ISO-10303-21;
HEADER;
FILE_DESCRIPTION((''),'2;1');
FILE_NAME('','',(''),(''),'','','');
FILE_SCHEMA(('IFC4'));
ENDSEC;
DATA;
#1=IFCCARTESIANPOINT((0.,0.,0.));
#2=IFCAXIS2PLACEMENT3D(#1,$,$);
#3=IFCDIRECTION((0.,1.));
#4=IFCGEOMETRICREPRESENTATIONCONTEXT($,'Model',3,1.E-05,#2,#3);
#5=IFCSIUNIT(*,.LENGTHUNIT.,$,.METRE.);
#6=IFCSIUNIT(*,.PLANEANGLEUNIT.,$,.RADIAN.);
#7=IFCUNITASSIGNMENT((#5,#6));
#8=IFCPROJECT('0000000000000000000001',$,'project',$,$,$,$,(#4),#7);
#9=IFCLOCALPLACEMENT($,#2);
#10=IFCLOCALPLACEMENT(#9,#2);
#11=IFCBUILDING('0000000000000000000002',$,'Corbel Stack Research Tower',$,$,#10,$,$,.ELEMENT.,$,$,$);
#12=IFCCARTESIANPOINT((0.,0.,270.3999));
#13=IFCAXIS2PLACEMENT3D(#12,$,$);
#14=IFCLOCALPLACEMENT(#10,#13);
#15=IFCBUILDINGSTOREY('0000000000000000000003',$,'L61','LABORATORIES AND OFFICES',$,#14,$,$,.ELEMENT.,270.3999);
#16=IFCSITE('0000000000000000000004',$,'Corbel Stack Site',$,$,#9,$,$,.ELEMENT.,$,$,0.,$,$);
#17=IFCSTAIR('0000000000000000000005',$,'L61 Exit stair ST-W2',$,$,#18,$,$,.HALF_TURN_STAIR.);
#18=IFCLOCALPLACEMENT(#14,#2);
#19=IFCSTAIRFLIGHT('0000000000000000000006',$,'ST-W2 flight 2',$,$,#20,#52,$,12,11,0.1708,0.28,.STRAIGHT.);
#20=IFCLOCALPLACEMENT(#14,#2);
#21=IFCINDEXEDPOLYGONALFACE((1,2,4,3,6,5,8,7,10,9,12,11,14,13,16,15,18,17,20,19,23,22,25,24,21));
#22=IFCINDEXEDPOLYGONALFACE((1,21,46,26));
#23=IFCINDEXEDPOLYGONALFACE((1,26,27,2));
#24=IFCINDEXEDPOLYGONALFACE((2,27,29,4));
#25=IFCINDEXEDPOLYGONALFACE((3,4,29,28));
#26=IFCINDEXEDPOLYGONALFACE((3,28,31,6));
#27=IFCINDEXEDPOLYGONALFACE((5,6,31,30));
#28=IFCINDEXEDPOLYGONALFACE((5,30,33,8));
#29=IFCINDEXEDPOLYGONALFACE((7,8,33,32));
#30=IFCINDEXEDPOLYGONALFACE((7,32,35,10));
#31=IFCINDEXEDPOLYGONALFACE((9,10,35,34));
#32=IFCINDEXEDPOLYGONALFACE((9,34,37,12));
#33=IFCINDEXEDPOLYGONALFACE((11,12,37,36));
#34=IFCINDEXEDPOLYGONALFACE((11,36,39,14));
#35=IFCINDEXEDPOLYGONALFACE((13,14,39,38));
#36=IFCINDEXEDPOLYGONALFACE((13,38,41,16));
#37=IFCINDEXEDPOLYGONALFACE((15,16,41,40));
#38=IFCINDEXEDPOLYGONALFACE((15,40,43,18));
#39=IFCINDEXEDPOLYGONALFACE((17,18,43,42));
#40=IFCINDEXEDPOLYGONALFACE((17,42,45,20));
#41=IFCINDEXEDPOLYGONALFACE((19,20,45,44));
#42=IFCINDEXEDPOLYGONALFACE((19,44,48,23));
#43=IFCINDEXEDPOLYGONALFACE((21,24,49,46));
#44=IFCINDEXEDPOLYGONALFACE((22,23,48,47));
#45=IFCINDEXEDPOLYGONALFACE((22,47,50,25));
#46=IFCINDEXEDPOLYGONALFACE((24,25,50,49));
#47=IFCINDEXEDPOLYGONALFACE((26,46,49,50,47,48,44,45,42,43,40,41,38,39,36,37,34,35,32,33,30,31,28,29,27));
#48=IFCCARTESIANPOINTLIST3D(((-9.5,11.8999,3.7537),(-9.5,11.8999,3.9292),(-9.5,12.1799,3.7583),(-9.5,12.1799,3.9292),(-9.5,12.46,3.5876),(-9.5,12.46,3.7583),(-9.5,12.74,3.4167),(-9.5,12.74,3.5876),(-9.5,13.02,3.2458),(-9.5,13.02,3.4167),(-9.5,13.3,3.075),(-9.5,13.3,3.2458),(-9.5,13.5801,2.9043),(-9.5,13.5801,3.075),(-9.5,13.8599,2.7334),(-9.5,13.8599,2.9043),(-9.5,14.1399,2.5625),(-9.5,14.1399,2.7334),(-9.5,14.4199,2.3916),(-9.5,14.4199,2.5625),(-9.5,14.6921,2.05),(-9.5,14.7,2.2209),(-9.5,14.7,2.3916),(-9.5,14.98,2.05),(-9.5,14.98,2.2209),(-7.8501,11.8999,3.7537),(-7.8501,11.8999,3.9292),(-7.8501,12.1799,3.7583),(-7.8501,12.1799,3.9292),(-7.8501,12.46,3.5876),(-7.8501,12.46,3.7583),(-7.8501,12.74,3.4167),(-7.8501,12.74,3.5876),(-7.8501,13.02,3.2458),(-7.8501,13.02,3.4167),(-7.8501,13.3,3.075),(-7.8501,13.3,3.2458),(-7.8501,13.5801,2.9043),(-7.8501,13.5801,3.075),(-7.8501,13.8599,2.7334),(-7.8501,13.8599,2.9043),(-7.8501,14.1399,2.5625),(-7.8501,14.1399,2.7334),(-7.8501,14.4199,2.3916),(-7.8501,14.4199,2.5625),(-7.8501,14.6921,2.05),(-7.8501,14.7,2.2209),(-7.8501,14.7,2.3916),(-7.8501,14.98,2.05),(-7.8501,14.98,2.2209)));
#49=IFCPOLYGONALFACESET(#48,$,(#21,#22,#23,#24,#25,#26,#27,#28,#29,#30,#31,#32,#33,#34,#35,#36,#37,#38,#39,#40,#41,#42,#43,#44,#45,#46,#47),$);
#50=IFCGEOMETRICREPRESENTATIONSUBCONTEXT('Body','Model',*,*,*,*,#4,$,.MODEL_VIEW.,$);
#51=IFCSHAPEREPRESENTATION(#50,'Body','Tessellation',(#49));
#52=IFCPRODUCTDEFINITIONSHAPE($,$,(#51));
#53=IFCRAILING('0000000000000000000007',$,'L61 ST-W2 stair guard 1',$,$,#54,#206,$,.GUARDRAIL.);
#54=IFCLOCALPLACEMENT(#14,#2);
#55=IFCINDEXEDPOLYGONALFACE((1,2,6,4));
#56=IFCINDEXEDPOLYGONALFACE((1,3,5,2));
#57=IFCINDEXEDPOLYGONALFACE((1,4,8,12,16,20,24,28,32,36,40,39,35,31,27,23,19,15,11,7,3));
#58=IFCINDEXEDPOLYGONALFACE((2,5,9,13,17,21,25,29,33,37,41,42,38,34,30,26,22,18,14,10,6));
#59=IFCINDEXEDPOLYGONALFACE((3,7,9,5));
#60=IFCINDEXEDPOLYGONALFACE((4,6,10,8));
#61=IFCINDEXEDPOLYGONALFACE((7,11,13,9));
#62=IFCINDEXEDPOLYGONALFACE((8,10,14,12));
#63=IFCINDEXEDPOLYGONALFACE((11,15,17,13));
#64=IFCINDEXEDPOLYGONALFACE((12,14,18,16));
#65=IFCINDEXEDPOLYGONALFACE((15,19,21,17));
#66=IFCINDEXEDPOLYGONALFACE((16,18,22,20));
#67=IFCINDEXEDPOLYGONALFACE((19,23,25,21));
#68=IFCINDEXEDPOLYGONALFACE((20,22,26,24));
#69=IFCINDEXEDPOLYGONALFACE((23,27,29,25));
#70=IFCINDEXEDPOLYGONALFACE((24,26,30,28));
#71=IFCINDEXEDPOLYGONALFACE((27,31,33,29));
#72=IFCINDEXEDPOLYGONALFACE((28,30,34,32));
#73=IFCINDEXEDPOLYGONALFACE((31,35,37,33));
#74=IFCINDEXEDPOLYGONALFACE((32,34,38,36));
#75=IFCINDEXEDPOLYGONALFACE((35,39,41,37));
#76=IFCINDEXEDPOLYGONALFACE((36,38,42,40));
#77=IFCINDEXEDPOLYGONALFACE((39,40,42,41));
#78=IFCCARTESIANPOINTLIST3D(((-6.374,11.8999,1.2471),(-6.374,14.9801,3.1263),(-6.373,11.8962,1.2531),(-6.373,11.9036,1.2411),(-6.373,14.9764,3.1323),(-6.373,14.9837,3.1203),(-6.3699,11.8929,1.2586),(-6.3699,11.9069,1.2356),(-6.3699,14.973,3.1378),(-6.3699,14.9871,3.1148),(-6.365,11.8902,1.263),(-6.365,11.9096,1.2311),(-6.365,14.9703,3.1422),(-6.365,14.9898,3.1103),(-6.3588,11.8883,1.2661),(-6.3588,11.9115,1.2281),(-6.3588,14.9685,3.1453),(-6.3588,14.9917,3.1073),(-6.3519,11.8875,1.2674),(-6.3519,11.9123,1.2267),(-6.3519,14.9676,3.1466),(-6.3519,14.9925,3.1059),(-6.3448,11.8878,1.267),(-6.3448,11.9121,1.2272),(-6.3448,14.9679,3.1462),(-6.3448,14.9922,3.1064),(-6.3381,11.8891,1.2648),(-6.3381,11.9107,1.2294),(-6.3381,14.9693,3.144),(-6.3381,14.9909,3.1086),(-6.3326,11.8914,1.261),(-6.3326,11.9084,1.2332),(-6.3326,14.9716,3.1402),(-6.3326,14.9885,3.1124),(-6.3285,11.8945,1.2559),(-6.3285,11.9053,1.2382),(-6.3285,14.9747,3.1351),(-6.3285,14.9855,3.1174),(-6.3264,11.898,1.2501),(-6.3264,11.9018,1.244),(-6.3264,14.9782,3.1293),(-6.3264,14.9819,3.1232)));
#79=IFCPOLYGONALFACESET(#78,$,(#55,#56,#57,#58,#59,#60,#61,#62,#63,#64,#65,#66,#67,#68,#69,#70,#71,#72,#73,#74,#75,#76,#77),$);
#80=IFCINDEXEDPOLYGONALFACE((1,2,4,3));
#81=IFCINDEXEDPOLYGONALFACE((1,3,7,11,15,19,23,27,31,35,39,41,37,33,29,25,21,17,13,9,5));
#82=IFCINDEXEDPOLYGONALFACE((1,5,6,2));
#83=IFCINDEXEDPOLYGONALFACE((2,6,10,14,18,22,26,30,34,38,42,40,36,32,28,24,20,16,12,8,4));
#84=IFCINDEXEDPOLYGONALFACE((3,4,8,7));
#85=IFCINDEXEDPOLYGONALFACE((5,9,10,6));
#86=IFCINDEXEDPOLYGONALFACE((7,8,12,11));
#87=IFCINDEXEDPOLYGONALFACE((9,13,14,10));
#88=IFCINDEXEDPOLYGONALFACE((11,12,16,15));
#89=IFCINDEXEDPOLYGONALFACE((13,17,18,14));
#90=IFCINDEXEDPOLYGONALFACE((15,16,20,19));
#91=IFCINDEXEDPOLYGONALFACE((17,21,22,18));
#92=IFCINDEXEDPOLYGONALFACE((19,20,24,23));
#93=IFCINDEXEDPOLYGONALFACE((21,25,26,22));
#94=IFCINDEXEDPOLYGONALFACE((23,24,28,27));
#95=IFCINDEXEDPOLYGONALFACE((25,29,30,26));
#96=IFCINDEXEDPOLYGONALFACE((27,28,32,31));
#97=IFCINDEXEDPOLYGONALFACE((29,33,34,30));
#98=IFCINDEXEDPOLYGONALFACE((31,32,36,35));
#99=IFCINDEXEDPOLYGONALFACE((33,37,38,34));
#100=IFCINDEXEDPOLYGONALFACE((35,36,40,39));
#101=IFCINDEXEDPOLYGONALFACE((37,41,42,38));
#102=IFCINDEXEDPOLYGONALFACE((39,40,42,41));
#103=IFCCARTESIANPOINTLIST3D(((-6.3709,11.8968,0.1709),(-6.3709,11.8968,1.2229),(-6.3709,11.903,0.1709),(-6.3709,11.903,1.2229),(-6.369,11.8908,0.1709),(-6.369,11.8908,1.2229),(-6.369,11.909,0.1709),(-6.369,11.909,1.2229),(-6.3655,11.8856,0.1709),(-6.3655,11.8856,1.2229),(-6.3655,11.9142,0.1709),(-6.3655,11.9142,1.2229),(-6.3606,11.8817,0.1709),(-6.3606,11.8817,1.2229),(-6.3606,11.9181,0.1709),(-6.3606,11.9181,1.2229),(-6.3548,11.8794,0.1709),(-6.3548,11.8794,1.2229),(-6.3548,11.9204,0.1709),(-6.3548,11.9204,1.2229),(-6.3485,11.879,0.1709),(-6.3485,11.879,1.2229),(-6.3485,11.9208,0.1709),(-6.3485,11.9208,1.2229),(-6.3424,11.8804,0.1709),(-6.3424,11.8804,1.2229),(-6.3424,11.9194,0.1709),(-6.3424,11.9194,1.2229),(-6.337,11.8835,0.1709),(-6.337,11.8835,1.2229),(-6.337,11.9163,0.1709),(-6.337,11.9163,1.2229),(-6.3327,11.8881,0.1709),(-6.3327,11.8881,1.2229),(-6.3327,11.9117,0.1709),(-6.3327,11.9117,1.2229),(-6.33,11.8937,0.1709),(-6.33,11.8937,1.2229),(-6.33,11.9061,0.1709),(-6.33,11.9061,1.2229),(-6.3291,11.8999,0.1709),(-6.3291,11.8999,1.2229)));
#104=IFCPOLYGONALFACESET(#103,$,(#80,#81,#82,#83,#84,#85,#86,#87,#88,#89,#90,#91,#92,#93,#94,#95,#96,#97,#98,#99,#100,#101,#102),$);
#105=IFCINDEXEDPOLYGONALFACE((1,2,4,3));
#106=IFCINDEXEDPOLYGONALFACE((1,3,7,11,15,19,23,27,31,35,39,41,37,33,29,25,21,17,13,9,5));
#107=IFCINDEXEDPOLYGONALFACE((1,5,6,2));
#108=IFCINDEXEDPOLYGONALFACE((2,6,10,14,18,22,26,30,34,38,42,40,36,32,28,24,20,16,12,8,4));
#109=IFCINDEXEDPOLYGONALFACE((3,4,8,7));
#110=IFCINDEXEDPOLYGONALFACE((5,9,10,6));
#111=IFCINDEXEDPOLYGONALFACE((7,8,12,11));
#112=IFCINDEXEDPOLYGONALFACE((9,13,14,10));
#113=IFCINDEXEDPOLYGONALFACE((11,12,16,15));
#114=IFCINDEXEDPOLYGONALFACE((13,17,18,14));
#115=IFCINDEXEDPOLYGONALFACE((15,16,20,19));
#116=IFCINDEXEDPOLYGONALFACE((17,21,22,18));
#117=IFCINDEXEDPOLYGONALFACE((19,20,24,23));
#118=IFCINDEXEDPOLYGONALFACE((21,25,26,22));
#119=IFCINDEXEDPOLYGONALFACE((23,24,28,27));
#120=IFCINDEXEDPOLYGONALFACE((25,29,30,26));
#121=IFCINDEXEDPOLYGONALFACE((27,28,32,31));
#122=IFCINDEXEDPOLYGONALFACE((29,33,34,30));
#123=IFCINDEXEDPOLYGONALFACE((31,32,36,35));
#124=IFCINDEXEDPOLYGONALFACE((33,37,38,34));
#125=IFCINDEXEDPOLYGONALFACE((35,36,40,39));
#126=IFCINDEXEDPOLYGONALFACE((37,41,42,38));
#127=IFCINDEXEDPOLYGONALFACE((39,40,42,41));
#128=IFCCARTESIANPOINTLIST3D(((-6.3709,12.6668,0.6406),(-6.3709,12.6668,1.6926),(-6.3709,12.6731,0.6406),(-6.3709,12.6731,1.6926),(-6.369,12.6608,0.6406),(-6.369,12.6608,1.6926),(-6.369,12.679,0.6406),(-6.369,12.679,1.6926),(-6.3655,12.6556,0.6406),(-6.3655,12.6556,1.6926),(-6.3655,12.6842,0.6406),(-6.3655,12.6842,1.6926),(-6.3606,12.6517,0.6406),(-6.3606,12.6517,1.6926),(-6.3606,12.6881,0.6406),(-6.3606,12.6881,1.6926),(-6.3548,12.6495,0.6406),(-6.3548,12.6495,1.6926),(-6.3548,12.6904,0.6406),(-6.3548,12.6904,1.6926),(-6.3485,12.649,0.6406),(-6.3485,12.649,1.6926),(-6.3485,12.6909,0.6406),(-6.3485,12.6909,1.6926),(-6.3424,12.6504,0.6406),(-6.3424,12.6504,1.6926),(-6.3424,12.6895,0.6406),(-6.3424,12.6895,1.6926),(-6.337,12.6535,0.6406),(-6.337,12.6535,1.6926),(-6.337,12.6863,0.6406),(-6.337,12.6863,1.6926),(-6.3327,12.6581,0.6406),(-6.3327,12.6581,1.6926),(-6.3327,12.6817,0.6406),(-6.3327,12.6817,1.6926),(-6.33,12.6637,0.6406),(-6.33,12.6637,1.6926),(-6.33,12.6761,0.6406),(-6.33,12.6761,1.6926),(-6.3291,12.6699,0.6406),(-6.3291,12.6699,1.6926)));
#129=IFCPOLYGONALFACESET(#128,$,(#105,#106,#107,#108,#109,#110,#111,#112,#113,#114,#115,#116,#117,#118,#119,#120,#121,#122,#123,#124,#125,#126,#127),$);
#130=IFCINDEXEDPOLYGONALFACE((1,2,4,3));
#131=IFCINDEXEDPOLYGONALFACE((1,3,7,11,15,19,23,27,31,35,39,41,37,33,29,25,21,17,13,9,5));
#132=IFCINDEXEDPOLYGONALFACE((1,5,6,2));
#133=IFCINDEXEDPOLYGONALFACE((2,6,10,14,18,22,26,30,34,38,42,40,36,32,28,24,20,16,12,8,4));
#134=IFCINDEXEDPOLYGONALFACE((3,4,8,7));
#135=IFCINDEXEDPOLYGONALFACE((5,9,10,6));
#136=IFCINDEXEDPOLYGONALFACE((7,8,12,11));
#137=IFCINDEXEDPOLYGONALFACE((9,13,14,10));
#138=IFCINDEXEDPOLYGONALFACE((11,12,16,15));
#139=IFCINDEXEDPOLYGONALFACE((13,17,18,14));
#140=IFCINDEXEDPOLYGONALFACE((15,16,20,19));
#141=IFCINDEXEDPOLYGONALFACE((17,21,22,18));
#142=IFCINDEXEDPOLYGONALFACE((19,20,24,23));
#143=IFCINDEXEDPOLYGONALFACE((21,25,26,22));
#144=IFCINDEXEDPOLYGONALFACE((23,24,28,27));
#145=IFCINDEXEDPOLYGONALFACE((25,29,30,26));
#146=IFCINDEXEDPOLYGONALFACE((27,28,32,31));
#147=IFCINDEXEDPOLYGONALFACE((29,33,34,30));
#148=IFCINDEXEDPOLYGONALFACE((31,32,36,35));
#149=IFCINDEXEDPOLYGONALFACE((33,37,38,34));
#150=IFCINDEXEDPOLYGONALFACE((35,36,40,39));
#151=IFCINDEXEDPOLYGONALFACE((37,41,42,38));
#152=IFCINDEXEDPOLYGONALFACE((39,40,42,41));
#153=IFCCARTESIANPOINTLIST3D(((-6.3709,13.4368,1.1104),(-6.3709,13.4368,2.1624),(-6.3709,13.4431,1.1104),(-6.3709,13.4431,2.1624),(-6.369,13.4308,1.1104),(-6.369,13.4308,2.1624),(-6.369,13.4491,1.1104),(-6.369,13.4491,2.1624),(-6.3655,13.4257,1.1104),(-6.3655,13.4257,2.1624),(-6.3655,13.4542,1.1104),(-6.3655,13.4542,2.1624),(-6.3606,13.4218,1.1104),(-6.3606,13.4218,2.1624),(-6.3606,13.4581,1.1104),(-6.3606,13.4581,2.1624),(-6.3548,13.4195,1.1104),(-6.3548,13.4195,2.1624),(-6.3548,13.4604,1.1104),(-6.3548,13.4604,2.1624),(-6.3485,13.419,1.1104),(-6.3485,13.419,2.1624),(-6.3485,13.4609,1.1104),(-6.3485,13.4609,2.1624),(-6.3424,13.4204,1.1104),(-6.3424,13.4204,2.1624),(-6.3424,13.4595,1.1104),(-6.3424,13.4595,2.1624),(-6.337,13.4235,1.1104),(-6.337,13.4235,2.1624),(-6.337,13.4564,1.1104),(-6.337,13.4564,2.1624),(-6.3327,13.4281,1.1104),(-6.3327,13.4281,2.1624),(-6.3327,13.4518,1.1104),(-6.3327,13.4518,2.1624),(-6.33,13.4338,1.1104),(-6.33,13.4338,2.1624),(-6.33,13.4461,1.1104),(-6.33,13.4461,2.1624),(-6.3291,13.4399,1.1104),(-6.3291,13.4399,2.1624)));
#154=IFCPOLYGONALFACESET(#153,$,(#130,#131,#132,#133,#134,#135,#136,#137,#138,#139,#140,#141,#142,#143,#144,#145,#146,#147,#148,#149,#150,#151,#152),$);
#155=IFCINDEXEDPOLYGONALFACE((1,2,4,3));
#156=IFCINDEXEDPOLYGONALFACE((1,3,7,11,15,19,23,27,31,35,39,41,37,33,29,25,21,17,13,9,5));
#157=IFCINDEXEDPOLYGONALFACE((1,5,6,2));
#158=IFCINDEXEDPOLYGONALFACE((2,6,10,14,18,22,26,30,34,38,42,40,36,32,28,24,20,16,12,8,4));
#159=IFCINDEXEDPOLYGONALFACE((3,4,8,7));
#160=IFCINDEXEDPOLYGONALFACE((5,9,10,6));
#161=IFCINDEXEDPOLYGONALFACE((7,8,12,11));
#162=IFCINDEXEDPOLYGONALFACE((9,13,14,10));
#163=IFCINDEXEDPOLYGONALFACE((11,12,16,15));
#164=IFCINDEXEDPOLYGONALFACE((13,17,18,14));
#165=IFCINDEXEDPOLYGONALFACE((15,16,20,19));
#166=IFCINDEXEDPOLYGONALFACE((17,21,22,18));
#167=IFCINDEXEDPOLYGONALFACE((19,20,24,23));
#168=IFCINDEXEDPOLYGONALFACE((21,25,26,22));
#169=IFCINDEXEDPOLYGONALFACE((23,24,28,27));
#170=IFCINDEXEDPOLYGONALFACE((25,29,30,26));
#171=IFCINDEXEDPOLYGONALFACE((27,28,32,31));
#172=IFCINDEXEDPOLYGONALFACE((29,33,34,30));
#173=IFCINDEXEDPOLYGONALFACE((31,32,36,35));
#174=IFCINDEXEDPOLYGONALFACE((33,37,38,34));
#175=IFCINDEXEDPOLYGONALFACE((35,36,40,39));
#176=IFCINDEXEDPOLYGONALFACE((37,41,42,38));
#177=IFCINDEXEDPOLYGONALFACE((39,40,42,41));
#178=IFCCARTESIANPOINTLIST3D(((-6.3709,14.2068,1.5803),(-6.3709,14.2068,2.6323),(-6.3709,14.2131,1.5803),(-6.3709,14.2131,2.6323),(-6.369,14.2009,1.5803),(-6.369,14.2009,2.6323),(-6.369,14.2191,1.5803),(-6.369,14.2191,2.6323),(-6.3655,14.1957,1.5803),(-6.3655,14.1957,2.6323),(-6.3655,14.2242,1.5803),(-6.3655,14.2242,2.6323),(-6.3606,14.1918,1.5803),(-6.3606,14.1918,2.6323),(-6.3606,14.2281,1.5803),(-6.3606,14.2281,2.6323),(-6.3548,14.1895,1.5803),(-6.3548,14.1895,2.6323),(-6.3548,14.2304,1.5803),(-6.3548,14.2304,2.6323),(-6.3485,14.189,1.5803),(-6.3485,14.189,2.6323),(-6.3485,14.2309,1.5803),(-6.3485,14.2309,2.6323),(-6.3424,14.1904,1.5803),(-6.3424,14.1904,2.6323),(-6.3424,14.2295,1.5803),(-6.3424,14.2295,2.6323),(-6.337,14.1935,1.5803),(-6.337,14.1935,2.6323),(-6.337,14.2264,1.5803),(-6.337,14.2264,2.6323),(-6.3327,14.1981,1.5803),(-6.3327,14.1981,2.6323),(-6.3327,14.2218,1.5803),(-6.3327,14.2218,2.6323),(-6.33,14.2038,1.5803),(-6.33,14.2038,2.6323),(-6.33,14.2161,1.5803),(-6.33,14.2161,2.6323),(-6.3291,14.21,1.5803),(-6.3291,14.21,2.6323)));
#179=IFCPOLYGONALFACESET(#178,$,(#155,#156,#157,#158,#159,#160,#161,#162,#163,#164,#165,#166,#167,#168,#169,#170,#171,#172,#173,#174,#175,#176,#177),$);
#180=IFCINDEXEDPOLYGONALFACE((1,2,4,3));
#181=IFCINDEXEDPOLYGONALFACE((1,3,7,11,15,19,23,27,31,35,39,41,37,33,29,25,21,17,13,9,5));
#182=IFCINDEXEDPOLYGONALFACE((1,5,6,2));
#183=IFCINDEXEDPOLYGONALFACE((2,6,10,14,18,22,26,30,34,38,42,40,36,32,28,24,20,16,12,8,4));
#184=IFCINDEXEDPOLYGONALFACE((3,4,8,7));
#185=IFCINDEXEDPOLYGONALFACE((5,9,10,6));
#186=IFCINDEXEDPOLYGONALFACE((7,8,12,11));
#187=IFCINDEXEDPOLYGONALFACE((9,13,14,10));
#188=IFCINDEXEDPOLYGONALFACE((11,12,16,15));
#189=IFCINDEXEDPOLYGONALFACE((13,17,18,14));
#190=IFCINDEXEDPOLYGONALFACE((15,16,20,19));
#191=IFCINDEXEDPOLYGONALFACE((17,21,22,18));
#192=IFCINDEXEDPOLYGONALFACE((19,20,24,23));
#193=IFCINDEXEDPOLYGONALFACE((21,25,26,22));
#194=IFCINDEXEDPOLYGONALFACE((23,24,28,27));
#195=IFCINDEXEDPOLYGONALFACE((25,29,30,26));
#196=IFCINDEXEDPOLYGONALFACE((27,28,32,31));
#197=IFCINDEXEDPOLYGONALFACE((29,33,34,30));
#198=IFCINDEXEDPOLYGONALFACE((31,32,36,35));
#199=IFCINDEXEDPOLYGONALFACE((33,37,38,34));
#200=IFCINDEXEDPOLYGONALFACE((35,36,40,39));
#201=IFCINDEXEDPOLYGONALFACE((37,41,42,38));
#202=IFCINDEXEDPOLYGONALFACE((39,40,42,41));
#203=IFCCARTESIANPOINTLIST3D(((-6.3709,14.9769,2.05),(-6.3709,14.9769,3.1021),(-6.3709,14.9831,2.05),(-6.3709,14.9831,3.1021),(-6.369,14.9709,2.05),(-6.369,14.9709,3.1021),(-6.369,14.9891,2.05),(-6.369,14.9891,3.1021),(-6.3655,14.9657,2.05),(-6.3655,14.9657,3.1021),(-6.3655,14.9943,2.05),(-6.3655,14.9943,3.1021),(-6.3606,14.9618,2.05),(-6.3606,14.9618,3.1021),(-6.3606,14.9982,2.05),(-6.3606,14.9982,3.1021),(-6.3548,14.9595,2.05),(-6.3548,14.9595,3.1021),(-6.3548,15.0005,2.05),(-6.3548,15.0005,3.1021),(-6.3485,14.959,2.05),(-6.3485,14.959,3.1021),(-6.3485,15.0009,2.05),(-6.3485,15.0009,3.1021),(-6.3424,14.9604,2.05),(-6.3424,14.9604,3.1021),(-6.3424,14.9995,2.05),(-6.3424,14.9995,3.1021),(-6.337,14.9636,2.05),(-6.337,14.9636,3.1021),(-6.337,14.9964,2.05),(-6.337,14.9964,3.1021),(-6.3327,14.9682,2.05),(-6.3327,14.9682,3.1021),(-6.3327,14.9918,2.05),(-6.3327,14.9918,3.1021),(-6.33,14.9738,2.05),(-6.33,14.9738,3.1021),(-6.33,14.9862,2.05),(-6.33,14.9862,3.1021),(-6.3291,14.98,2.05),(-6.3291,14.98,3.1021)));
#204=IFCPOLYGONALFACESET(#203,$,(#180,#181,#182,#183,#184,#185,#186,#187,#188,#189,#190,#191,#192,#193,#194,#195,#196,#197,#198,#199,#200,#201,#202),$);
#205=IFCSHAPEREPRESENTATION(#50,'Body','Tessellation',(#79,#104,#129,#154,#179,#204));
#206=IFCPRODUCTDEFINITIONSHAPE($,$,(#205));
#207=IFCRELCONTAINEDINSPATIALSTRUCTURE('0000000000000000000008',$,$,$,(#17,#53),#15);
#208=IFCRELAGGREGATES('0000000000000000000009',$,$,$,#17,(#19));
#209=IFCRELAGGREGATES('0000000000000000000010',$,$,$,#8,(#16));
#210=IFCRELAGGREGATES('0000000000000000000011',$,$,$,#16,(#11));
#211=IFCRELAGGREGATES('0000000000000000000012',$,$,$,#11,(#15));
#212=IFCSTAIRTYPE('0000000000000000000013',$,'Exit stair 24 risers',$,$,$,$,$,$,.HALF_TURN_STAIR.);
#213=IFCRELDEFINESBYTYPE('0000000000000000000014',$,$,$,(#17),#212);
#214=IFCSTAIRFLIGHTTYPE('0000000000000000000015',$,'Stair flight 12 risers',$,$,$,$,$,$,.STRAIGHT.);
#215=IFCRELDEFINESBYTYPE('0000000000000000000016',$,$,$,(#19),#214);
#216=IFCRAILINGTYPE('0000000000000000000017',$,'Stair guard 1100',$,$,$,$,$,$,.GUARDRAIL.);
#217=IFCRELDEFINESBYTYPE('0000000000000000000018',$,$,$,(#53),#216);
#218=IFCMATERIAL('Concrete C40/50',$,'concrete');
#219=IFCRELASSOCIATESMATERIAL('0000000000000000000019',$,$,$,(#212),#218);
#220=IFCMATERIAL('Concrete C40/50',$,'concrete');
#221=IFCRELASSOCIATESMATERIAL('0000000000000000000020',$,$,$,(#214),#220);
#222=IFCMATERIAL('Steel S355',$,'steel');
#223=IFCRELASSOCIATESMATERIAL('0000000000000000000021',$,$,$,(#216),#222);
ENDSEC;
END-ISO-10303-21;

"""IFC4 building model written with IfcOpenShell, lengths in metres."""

from ifc_helpers import new_model, si_unit, direction, frame, origin, origin_2d, place, context, subcontext, project, spatial, polyline, circle, outline, extrude, material, type_object, element, aggregate, save


model = new_model("IFC4")

# Units and contexts
model_context = context("Model", 3, precision=1e-05, world=origin(), true_north=direction((0.0, 1.0)))
body_context = subcontext(model_context, "Body", "Model", "MODEL_VIEW")
ifc_project = project(units=[si_unit("LENGTHUNIT", "METRE"), si_unit("PLANEANGLEUNIT", "RADIAN")], contexts=[model_context])

# Site, building, storey
site_placement = place(None, origin())
site = spatial("IfcSite", under=ifc_project, at=site_placement, Name="Corbel Stack Site", CompositionType="ELEMENT", RefElevation=0.0)
building_placement = place(site_placement, origin())
building = spatial("IfcBuilding", under=site, at=building_placement, Name="Corbel Stack Research Tower", CompositionType="ELEMENT")
storey_placement = place(building_placement, frame((0.0, 0.0, 270.3999)))
storey = spatial("IfcBuildingStorey", under=building, at=storey_placement, Name="L61", Description="LABORATORIES AND OFFICES", CompositionType="ELEMENT", Elevation=270.3999)

# Stair, stair flight
ifc_material_1 = material(Name="Concrete C40/50", Category="concrete")
stair_type = type_object("IfcStairType", Name="Exit stair 24 risers", PredefinedType="HALF_TURN_STAIR", material=ifc_material_1)
stair_placement = place(storey_placement, origin())
stair = element("IfcStair", 1, at=stair_placement, inside=storey, type_object=stair_type, Name="L61 Exit stair ST-W2", PredefinedType="HALF_TURN_STAIR")
ifc_material_2 = material(Name="Concrete C40/50", Category="concrete")
stair_flight_type = type_object("IfcStairFlightType", Name="Stair flight 12 risers", PredefinedType="STRAIGHT", material=ifc_material_2)
stair_flight_1_placement = place(storey_placement, frame((-8.675, 14.98, 2.05), z_axis=(0.0, 0.0, 1.0), x_axis=(0.0, -1.0, 0.0)))
stair_flight_1 = element("IfcStairFlight", 2, at=stair_flight_1_placement, type_object=stair_flight_type, Name="ST-W2 flight 2", NumberOfRisers=12, NumberOfTreads=11, PredefinedType="STRAIGHT", RiserHeight=0.1708, TreadLength=0.28, context=body_context, shape_type="SweptSolid", body=[
    extrude(outline(polyline([(0.0, 0.0), (0.0, 0.1709), (0.28, 0.1709), (0.28, 0.3416), (0.5601, 0.3416), (0.5601, 0.5125), (0.8401, 0.5125), (0.8401, 0.6833), (1.1201, 0.6833), (1.1201, 0.8542), (1.3999, 0.8542), (1.3999, 1.0249), (1.6799, 1.0249), (1.6799, 1.1958), (1.96, 1.1958), (1.96, 1.3667), (2.24, 1.3667), (2.24, 1.5376), (2.52, 1.5376), (2.52, 1.7083), (2.8, 1.7083), (2.8, 1.8792), (3.0801, 1.8792), (3.0801, 2.05), (3.0801, 1.7036), (0.2878, 0.0), (0.0, 0.0)])), frame((0.0, 0.825, 0.0), z_axis=(0.0, -1.0, 0.0), x_axis=(1.0, 0.0, 0.0)), (0.0, 0.0, 1.0), 1.6499),
])
aggregate(stair, [stair_flight_1])

# Railing
ifc_material_3 = material(Name="Steel S355", Category="steel")
railing_type_1 = type_object("IfcRailingType", Name="Stair guard 1100", PredefinedType="GUARDRAIL", material=ifc_material_3)
railing_1_placement = place(storey_placement, frame((-6.3501, 11.8999, 0.1709)))
element("IfcRailing", 3, at=railing_1_placement, inside=storey, type_object=railing_type_1, Name="L61 ST-W2 stair guard 1", PredefinedType="GUARDRAIL", context=body_context, shape_type="SweptSolid", body=[
    extrude(circle(Radius=0.0239, at=origin_2d()), frame((0.0, 0.0, 1.0762), z_axis=(0.0, 0.853666, 0.52082), x_axis=(-1.0, 0.0, 0.0)), (0.0, 0.0, 1.0), 3.6082),
    extrude(circle(Radius=0.021, at=origin_2d()), origin(), (0.0, 0.0, 1.0), 1.052),
    extrude(circle(Radius=0.021, at=origin_2d()), frame((0.0, 0.77, 0.4697)), (0.0, 0.0, 1.0), 1.052),
    extrude(circle(Radius=0.021, at=origin_2d()), frame((0.0, 1.54, 0.9395)), (0.0, 0.0, 1.0), 1.052),
    extrude(circle(Radius=0.021, at=origin_2d()), frame((0.0, 2.3101, 1.4094)), (0.0, 0.0, 1.0), 1.052),
    extrude(circle(Radius=0.021, at=origin_2d()), frame((0.0, 3.0801, 1.8792)), (0.0, 0.0, 1.0), 1.052),
])

save(model, "model.ifc")
